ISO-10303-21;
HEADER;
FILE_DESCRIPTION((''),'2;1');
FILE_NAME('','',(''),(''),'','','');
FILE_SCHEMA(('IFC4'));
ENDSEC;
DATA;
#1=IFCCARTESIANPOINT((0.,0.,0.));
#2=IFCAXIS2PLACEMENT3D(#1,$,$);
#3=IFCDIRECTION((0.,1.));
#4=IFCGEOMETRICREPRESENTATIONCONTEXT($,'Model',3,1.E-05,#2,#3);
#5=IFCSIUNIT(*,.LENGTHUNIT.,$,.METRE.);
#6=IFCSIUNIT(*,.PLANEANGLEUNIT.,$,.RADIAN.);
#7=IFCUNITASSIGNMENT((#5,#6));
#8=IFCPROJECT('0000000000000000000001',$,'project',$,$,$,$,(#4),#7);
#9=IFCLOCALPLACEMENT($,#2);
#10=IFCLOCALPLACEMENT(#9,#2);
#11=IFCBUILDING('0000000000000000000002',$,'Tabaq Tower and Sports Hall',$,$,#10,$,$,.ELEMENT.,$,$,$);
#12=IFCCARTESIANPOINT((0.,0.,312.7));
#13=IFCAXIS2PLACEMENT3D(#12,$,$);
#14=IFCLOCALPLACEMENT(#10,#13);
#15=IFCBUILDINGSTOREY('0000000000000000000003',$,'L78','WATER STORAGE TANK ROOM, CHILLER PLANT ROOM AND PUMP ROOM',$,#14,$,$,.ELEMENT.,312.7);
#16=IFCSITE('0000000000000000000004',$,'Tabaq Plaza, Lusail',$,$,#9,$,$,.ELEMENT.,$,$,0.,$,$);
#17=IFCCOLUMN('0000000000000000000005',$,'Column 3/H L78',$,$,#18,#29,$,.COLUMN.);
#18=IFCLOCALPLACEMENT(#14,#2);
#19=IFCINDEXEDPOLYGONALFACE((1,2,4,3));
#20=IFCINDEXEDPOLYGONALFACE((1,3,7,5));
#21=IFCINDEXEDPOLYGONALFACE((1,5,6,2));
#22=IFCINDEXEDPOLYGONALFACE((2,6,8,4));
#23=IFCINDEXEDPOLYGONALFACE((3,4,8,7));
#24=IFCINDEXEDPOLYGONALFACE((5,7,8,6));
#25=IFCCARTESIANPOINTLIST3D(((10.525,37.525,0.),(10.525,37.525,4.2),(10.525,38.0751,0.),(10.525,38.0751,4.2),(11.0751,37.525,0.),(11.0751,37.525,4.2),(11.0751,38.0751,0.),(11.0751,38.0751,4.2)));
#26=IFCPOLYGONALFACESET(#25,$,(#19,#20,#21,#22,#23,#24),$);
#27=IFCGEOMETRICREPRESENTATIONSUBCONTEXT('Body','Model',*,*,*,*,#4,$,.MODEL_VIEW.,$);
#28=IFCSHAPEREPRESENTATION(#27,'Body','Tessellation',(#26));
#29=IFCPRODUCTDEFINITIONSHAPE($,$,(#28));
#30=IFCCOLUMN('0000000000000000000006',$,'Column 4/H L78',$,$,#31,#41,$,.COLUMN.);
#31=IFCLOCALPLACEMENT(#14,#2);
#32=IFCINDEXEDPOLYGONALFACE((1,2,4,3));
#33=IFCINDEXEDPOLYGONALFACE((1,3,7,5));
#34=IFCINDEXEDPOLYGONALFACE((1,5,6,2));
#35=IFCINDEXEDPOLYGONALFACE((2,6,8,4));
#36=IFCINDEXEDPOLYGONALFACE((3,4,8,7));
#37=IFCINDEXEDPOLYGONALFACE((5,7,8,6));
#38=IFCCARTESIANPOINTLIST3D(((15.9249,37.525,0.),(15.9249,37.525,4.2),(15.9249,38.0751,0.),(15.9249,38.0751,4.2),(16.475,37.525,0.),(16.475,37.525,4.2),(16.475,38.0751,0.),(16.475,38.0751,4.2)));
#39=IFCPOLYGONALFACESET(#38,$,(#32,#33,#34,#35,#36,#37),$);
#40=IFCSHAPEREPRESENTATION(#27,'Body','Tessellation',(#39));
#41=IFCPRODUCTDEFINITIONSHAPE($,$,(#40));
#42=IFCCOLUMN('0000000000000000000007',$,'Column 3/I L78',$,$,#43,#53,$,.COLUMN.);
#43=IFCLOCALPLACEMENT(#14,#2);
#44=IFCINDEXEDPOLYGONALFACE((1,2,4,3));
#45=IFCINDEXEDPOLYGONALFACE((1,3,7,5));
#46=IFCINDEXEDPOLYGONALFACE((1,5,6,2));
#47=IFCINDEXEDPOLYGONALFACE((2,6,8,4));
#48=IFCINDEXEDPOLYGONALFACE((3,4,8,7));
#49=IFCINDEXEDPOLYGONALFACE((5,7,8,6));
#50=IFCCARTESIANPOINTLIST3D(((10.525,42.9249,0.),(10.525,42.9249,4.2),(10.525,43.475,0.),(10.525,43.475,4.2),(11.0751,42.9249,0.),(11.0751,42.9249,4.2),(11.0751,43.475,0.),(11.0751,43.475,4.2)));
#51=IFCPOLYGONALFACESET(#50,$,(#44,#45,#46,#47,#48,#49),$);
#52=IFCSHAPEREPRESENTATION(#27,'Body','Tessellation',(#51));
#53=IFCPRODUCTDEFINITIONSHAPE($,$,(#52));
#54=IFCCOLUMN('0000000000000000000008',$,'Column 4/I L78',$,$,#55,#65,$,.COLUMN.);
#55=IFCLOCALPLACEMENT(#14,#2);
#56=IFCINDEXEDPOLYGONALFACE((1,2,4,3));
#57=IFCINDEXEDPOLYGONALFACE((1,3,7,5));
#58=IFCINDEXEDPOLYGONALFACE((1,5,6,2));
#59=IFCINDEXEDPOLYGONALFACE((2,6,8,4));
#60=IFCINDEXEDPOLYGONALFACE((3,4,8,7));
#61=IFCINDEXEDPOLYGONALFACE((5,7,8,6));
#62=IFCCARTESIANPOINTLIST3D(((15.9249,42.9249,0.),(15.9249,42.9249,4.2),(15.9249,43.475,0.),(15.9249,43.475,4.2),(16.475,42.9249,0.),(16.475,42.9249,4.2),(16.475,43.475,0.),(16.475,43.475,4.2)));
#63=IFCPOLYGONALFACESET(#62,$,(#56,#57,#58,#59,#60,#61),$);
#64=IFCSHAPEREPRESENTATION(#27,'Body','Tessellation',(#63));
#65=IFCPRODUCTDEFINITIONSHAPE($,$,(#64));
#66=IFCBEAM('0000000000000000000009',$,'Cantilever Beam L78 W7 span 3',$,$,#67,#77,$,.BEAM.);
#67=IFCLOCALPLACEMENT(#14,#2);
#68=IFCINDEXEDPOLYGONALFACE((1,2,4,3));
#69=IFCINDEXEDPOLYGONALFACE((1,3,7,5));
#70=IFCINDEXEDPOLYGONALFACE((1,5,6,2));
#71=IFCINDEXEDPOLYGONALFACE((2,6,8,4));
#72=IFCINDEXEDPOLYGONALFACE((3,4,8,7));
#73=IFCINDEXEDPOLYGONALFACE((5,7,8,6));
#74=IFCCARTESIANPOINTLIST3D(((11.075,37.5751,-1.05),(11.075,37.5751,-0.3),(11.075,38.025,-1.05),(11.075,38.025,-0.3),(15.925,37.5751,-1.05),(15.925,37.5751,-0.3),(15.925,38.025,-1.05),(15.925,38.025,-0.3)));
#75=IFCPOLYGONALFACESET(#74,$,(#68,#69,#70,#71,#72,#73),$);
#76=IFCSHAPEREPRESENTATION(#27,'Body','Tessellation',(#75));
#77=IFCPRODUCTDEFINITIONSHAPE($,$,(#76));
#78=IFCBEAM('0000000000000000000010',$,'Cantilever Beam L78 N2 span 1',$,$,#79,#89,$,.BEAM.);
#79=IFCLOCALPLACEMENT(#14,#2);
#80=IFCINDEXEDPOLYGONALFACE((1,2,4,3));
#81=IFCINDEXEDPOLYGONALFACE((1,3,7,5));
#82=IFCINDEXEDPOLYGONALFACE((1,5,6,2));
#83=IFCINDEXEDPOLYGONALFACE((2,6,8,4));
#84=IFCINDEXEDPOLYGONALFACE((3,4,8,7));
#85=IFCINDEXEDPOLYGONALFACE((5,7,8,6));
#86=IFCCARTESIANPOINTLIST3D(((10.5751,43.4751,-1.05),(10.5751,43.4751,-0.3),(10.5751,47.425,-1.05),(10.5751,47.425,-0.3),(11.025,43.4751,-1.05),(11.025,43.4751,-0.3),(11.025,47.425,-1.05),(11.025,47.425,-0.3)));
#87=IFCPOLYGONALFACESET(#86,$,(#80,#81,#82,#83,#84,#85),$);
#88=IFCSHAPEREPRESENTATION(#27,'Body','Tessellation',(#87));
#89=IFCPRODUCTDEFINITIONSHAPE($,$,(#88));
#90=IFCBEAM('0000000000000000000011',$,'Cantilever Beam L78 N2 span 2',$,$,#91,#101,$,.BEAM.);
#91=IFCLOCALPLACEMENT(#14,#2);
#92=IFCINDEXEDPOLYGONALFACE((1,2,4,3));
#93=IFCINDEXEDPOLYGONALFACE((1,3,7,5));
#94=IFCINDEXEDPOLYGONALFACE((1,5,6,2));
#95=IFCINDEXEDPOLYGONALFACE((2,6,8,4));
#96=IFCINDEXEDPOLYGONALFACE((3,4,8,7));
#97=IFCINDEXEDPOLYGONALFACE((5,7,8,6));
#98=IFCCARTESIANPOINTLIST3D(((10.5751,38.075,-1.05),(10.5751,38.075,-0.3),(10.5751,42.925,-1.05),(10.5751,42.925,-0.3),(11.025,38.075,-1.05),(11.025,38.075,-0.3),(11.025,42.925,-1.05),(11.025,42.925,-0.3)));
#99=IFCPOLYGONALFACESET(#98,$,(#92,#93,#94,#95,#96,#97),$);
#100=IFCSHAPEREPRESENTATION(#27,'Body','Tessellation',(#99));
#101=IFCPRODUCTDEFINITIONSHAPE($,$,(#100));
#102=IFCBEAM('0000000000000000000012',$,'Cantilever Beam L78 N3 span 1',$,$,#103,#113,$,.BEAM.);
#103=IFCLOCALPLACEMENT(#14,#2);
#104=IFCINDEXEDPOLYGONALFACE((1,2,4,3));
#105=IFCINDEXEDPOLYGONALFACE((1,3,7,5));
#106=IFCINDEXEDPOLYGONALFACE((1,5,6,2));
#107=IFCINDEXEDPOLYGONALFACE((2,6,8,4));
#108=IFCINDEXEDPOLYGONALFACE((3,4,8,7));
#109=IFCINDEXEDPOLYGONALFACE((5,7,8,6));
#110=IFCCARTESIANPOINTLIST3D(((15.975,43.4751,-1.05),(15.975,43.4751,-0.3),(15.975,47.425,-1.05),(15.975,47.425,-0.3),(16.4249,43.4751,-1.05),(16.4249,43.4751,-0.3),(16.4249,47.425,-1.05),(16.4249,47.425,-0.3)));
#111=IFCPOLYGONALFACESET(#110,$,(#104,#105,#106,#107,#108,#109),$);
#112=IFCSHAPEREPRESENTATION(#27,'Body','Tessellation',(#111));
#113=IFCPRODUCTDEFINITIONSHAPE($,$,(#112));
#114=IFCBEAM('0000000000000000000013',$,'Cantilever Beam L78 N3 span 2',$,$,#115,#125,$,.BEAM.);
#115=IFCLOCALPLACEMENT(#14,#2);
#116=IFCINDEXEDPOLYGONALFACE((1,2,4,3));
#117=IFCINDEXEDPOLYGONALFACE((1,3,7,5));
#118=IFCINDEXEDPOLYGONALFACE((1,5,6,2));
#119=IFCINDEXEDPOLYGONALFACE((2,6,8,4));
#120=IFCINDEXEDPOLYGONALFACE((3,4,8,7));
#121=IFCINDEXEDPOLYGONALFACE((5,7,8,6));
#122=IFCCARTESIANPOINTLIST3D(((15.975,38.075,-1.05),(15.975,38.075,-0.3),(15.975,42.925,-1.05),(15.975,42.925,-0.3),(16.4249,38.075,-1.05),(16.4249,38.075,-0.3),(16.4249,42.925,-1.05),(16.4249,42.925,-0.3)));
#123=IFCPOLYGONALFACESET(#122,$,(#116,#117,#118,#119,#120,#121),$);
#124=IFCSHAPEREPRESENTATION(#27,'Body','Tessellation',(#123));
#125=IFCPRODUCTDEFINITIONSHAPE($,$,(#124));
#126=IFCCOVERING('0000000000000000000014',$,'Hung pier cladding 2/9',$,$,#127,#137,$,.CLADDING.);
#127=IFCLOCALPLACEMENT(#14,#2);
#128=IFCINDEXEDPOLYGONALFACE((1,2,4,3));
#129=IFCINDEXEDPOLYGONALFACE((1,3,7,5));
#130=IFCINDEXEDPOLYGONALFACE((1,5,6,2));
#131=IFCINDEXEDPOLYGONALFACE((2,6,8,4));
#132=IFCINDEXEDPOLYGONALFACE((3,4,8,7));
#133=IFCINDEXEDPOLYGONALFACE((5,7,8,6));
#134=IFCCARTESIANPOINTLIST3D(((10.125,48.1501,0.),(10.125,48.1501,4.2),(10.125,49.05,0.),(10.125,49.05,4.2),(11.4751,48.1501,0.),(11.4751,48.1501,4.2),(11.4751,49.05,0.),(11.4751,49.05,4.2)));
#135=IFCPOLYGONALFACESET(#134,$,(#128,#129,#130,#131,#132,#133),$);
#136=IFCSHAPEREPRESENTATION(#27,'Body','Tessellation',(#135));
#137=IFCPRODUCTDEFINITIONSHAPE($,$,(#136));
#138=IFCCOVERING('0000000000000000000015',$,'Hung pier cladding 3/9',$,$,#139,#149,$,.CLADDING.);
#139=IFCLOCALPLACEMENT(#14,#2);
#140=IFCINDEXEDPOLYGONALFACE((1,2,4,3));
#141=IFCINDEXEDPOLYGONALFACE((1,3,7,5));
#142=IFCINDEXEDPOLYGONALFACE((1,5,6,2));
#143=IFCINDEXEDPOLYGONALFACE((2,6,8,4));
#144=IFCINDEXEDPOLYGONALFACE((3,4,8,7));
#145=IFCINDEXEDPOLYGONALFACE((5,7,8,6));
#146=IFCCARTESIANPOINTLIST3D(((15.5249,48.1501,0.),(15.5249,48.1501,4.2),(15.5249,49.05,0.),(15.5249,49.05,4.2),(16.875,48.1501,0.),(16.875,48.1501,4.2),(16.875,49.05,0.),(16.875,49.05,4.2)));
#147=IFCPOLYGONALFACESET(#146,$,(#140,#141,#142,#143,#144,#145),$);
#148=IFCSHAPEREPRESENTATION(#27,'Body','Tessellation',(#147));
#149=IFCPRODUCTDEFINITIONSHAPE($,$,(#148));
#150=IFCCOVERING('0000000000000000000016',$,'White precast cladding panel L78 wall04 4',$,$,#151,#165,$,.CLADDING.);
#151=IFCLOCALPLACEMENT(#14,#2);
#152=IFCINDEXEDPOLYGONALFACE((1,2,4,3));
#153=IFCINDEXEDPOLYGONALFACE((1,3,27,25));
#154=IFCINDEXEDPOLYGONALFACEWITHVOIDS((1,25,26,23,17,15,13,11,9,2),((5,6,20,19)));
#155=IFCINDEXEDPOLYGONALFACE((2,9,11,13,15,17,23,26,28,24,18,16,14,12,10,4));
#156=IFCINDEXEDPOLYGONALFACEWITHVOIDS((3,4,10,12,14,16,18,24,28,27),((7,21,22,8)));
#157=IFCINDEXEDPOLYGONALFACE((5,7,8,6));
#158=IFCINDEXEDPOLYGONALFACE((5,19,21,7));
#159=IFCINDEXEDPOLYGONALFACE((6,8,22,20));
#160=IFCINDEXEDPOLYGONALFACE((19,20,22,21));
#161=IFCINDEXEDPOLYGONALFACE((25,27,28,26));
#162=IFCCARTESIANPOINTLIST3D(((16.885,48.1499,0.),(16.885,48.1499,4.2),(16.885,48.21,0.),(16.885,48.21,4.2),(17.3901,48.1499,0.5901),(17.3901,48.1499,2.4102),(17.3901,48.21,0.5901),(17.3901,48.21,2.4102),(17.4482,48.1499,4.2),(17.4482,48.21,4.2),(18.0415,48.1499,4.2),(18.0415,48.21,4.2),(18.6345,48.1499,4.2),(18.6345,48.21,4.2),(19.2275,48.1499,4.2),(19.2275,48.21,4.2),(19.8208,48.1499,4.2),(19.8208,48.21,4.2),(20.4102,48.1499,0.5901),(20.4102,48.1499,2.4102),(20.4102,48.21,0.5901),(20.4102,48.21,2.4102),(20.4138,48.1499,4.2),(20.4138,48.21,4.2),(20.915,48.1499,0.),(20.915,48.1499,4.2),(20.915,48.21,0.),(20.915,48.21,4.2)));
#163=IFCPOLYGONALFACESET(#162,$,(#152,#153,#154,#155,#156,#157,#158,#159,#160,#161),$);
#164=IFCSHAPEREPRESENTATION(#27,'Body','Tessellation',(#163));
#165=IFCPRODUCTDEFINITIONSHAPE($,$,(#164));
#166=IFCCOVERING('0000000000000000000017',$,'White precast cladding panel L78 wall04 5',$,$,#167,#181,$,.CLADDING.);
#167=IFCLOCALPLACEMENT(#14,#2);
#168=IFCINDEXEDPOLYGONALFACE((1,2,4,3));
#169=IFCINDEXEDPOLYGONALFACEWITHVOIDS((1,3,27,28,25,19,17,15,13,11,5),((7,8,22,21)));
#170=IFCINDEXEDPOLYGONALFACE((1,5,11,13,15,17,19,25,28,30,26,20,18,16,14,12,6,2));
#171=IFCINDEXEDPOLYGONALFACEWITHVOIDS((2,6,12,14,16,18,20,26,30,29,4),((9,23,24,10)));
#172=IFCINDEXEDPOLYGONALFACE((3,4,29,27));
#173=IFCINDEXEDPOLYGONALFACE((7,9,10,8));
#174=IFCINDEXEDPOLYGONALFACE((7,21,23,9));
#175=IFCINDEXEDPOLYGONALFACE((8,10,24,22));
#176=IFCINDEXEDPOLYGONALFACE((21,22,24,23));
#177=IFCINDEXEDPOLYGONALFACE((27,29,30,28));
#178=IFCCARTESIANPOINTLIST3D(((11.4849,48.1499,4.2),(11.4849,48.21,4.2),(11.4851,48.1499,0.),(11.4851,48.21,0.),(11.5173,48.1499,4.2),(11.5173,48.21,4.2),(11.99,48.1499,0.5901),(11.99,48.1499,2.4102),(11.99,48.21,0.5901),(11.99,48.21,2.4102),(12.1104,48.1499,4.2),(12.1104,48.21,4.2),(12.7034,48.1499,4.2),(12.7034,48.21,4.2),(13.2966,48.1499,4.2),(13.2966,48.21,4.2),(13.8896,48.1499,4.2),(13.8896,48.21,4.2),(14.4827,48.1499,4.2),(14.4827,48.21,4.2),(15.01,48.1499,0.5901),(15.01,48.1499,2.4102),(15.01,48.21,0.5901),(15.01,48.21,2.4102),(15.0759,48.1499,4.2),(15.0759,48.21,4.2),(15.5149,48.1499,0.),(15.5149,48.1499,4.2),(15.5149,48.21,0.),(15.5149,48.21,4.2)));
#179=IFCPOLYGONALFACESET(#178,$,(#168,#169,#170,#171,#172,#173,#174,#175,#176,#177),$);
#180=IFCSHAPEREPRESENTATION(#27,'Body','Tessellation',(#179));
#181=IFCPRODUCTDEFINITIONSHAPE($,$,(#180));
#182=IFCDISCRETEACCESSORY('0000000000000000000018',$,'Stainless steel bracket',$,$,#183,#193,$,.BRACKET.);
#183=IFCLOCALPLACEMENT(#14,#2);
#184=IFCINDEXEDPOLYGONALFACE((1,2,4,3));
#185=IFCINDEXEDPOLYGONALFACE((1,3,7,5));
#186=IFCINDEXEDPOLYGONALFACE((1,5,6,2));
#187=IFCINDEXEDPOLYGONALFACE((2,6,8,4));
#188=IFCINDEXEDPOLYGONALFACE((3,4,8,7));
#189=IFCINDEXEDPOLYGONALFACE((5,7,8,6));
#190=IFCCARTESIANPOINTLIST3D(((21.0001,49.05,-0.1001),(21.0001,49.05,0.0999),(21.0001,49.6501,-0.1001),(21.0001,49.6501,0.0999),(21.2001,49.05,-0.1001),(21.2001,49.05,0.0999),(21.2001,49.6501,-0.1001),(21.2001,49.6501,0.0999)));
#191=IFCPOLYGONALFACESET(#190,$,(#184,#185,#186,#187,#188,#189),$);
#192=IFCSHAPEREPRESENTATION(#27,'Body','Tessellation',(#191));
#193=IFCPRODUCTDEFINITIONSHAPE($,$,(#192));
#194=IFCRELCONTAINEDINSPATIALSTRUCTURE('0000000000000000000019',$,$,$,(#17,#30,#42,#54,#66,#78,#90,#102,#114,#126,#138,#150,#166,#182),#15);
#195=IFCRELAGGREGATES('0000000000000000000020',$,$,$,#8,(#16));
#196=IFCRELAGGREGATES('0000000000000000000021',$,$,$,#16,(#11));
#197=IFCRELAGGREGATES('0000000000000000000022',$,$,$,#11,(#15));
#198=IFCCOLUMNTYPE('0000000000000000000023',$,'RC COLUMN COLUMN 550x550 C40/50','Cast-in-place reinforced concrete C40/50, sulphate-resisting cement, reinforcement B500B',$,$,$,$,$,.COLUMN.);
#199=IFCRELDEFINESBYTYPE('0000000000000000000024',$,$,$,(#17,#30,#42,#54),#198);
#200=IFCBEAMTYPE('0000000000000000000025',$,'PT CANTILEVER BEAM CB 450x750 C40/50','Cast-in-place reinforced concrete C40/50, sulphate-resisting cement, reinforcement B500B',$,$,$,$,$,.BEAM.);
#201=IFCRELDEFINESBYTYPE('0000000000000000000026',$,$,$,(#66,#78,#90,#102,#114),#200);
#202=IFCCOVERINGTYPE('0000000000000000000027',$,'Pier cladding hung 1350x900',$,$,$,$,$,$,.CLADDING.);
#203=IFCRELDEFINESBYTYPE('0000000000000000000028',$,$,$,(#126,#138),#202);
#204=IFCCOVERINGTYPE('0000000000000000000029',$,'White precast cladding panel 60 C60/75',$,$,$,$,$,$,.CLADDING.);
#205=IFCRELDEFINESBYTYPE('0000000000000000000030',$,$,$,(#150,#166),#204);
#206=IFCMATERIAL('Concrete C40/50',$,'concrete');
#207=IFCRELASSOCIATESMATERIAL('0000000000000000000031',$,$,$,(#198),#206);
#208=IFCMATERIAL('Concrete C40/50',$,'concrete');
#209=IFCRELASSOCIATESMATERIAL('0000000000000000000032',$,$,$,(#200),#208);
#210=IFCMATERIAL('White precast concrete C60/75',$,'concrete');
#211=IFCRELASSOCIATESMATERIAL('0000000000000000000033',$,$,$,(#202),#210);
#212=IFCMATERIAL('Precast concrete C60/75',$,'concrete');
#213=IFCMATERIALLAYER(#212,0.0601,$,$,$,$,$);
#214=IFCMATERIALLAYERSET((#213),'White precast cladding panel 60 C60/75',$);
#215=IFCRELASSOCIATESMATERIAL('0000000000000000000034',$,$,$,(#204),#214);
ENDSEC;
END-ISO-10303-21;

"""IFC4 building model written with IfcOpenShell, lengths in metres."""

from ifc_helpers import new_model, si_unit, direction, frame, frame_2d, origin, origin_2d, place, context, subcontext, project, spatial, polyline, rectangle, outline, extrude, material, layer, layer_set, material_profile, profile_set, type_object, element, save


model = new_model("IFC4")

# Units and contexts
model_context = context("Model", 3, precision=1e-05, world=origin(), true_north=direction((0.0, 1.0)))
body_context = subcontext(model_context, "Body", "Model", "MODEL_VIEW")
ifc_project = project(units=[si_unit("LENGTHUNIT", "METRE"), si_unit("PLANEANGLEUNIT", "RADIAN")], contexts=[model_context])

# Site, building, storey
site_placement = place(None, origin())
site = spatial("IfcSite", under=ifc_project, at=site_placement, Name="Tabaq Plaza, Lusail", CompositionType="ELEMENT", RefElevation=0.0)
building_placement = place(site_placement, origin())
building = spatial("IfcBuilding", under=site, at=building_placement, Name="Tabaq Tower and Sports Hall", CompositionType="ELEMENT")
storey_placement = place(building_placement, frame((0.0, 0.0, 312.7)))
storey = spatial("IfcBuildingStorey", under=building, at=storey_placement, Name="L78", Description="WATER STORAGE TANK ROOM, CHILLER PLANT ROOM AND PUMP ROOM", CompositionType="ELEMENT", Elevation=312.7)

# Columns
ifc_material_1 = material(Name="Concrete C40/50", Category="concrete")
ifc_material_profile_1 = material_profile(ifc_material_1, rectangle(XDim=0.55, YDim=0.55, at=origin_2d()), Name="COLUMN 550x550")
ifc_profile_set_1 = profile_set([ifc_material_profile_1], Name="Concrete C40/50")
column_type = type_object("IfcColumnType", Name="RC COLUMN COLUMN 550x550 C40/50", Description="Cast-in-place reinforced concrete C40/50, sulphate-resisting cement, reinforcement B500B", PredefinedType="COLUMN", material=ifc_profile_set_1)
for number, where, z_axis, x_axis, name in (
    (1, (10.8, 37.8, 0.0), (0.0, 0.0, 1.0), (1.0, 0.0, 0.0), "Column 3/H L78"),
    (2, (16.2, 37.8, 0.0), (0.0, 0.0, 1.0), (1.0, 0.0, 0.0), "Column 4/H L78"),
    (3, (10.8, 43.2, 0.0), (0.0, 0.0, 1.0), (1.0, 0.0, 0.0), "Column 3/I L78"),
    (4, (16.2, 43.2, 0.0), (0.0, 0.0, 1.0), (1.0, 0.0, 0.0), "Column 4/I L78"),
):
    element("IfcColumn", number, at=place(storey_placement, frame(where, z_axis=z_axis, x_axis=x_axis)), inside=storey, type_object=column_type, Name=name, PredefinedType="COLUMN", context=body_context, shape_type="SweptSolid", body=[
        extrude(rectangle(XDim=0.55, YDim=0.55, at=origin_2d()), origin(), (0.0, 0.0, 1.0), 4.2),
    ])

# Beams
ifc_material_2 = material(Name="Concrete C40/50", Category="concrete")
ifc_material_profile_2 = material_profile(ifc_material_2, rectangle(XDim=0.45, YDim=0.75, at=origin_2d()), Name="CB 450x750")
ifc_profile_set_2 = profile_set([ifc_material_profile_2], Name="Concrete C40/50")
beam_type = type_object("IfcBeamType", Name="PT CANTILEVER BEAM CB 450x750 C40/50", Description="Cast-in-place reinforced concrete C40/50, sulphate-resisting cement, reinforcement B500B", PredefinedType="BEAM", material=ifc_profile_set_2)
beam_1_placement = place(storey_placement, frame((11.075, 37.8, -0.675), z_axis=(1.0, 0.0, 0.0), x_axis=(0.0, 1.0, 0.0)))
element("IfcBeam", 5, at=beam_1_placement, inside=storey, type_object=beam_type, Name="Cantilever Beam L78 W7 span 3", PredefinedType="BEAM", context=body_context, shape_type="SweptSolid", body=[
    extrude(rectangle(XDim=0.45, YDim=0.75, at=origin_2d()), origin(), (0.0, 0.0, 1.0), 4.8501),
])
beam_2_placement = place(storey_placement, frame((10.8, 47.425, -0.675), z_axis=(0.0, -1.0, 0.0), x_axis=(1.0, 0.0, 0.0)))
element("IfcBeam", 6, at=beam_2_placement, inside=storey, type_object=beam_type, Name="Cantilever Beam L78 N2 span 1", PredefinedType="BEAM", context=body_context, shape_type="SweptSolid", body=[
    extrude(rectangle(XDim=0.45, YDim=0.75, at=origin_2d()), origin(), (0.0, 0.0, 1.0), 3.95),
])
beam_3_placement = place(storey_placement, frame((10.8, 42.925, -0.675), z_axis=(0.0, -1.0, 0.0), x_axis=(1.0, 0.0, 0.0)))
element("IfcBeam", 7, at=beam_3_placement, inside=storey, type_object=beam_type, Name="Cantilever Beam L78 N2 span 2", PredefinedType="BEAM", context=body_context, shape_type="SweptSolid", body=[
    extrude(rectangle(XDim=0.45, YDim=0.75, at=origin_2d()), origin(), (0.0, 0.0, 1.0), 4.8501),
])
beam_4_placement = place(storey_placement, frame((16.2, 47.425, -0.675), z_axis=(0.0, -1.0, 0.0), x_axis=(1.0, 0.0, 0.0)))
element("IfcBeam", 8, at=beam_4_placement, inside=storey, type_object=beam_type, Name="Cantilever Beam L78 N3 span 1", PredefinedType="BEAM", context=body_context, shape_type="SweptSolid", body=[
    extrude(rectangle(XDim=0.45, YDim=0.75, at=origin_2d()), origin(), (0.0, 0.0, 1.0), 3.95),
])
beam_5_placement = place(storey_placement, frame((16.2, 42.925, -0.675), z_axis=(0.0, -1.0, 0.0), x_axis=(1.0, 0.0, 0.0)))
element("IfcBeam", 9, at=beam_5_placement, inside=storey, type_object=beam_type, Name="Cantilever Beam L78 N3 span 2", PredefinedType="BEAM", context=body_context, shape_type="SweptSolid", body=[
    extrude(rectangle(XDim=0.45, YDim=0.75, at=origin_2d()), origin(), (0.0, 0.0, 1.0), 4.8501),
])

# Coverings
ifc_material_3 = material(Name="White precast concrete C60/75", Category="concrete")
covering_type_1 = type_object("IfcCoveringType", Name="Pier cladding hung 1350x900", PredefinedType="CLADDING", material=ifc_material_3)
for number, where, z_axis, x_axis, name in (
    (10, (11.4751, 48.6001, 0.0), (0.0, 0.0, 1.0), (-1.0, 0.0, 0.0), "Hung pier cladding 2/9"),
    (11, (16.875, 48.6001, 0.0), (0.0, 0.0, 1.0), (-1.0, 0.0, 0.0), "Hung pier cladding 3/9"),
):
    element("IfcCovering", number, at=place(storey_placement, frame(where, z_axis=z_axis, x_axis=x_axis)), inside=storey, type_object=covering_type_1, Name=name, PredefinedType="CLADDING", context=body_context, shape_type="SweptSolid", body=[
        extrude(rectangle(XDim=1.3501, YDim=0.8999, at=frame_2d((0.675, 0.0))), origin(), (0.0, 0.0, 1.0), 4.2),
    ])
ifc_material_4 = material(Name="Precast concrete C60/75", Category="concrete")
ifc_layer = layer(ifc_material_4, 0.0601)
ifc_layer_set = layer_set([ifc_layer], Name="White precast cladding panel 60 C60/75")
covering_type_2 = type_object("IfcCoveringType", Name="White precast cladding panel 60 C60/75", PredefinedType="CLADDING", material=ifc_layer_set)
covering_1_placement = place(storey_placement, frame((20.915, 48.1799, 0.0), z_axis=(0.0, 0.0, 1.0), x_axis=(-1.0, 0.0, 0.0)))
element("IfcCovering", 12, at=covering_1_placement, inside=storey, type_object=covering_type_2, Name="White precast cladding panel L78 wall04 4", PredefinedType="CLADDING", context=body_context, shape_type="SweptSolid", body=[
    extrude(outline(polyline([(0.0, 0.0), (4.03, 0.0), (4.03, 4.2), (3.4668, 4.2), (2.8735, 4.2), (2.2805, 4.2), (1.6875, 4.2), (1.0942, 4.2), (0.5012, 4.2), (0.0, 4.2), (0.0, 0.0)]), holes=[polyline([(0.5049, 0.5901), (0.5049, 2.4102), (3.5249, 2.4102), (3.5249, 0.5901), (0.5049, 0.5901)])]), frame((0.0, 0.03, 0.0), z_axis=(0.0, -1.0, 0.0), x_axis=(1.0, 0.0, 0.0)), (0.0, 0.0, 1.0), 0.0601),
])
covering_2_placement = place(storey_placement, frame((15.5149, 48.1799, 0.0), z_axis=(0.0, 0.0, 1.0), x_axis=(-1.0, 0.0, 0.0)))
element("IfcCovering", 13, at=covering_2_placement, inside=storey, type_object=covering_type_2, Name="White precast cladding panel L78 wall04 5", PredefinedType="CLADDING", context=body_context, shape_type="SweptSolid", body=[
    extrude(outline(polyline([(0.0, 0.0), (4.0298, 0.0), (4.03, 4.2), (3.9976, 4.2), (3.4045, 4.2), (2.8115, 4.2), (2.2183, 4.2), (1.6252, 4.2), (1.0322, 4.2), (0.439, 4.2), (0.0, 4.2), (0.0, 0.0)]), holes=[polyline([(0.5049, 0.5901), (0.5049, 2.4102), (3.5249, 2.4102), (3.5249, 0.5901), (0.5049, 0.5901)])]), frame((0.0, 0.03, 0.0), z_axis=(0.0, -1.0, 0.0), x_axis=(1.0, 0.0, 0.0)), (0.0, 0.0, 1.0), 0.0601),
])

# Discrete accessory
for number, where, z_axis, x_axis, name in (
    (14, (21.1001, 49.3501, -0.1001), (0.0, 0.0, 1.0), (0.0, 1.0, 0.0), "Stainless steel bracket"),
):
    element("IfcDiscreteAccessory", number, at=place(storey_placement, frame(where, z_axis=z_axis, x_axis=x_axis)), inside=storey, Name=name, PredefinedType="BRACKET", context=body_context, shape_type="SweptSolid", body=[
        extrude(rectangle(XDim=0.6001, YDim=0.2, at=origin_2d()), origin(), (0.0, 0.0, 1.0), 0.2),
    ])

save(model, "model.ifc")
